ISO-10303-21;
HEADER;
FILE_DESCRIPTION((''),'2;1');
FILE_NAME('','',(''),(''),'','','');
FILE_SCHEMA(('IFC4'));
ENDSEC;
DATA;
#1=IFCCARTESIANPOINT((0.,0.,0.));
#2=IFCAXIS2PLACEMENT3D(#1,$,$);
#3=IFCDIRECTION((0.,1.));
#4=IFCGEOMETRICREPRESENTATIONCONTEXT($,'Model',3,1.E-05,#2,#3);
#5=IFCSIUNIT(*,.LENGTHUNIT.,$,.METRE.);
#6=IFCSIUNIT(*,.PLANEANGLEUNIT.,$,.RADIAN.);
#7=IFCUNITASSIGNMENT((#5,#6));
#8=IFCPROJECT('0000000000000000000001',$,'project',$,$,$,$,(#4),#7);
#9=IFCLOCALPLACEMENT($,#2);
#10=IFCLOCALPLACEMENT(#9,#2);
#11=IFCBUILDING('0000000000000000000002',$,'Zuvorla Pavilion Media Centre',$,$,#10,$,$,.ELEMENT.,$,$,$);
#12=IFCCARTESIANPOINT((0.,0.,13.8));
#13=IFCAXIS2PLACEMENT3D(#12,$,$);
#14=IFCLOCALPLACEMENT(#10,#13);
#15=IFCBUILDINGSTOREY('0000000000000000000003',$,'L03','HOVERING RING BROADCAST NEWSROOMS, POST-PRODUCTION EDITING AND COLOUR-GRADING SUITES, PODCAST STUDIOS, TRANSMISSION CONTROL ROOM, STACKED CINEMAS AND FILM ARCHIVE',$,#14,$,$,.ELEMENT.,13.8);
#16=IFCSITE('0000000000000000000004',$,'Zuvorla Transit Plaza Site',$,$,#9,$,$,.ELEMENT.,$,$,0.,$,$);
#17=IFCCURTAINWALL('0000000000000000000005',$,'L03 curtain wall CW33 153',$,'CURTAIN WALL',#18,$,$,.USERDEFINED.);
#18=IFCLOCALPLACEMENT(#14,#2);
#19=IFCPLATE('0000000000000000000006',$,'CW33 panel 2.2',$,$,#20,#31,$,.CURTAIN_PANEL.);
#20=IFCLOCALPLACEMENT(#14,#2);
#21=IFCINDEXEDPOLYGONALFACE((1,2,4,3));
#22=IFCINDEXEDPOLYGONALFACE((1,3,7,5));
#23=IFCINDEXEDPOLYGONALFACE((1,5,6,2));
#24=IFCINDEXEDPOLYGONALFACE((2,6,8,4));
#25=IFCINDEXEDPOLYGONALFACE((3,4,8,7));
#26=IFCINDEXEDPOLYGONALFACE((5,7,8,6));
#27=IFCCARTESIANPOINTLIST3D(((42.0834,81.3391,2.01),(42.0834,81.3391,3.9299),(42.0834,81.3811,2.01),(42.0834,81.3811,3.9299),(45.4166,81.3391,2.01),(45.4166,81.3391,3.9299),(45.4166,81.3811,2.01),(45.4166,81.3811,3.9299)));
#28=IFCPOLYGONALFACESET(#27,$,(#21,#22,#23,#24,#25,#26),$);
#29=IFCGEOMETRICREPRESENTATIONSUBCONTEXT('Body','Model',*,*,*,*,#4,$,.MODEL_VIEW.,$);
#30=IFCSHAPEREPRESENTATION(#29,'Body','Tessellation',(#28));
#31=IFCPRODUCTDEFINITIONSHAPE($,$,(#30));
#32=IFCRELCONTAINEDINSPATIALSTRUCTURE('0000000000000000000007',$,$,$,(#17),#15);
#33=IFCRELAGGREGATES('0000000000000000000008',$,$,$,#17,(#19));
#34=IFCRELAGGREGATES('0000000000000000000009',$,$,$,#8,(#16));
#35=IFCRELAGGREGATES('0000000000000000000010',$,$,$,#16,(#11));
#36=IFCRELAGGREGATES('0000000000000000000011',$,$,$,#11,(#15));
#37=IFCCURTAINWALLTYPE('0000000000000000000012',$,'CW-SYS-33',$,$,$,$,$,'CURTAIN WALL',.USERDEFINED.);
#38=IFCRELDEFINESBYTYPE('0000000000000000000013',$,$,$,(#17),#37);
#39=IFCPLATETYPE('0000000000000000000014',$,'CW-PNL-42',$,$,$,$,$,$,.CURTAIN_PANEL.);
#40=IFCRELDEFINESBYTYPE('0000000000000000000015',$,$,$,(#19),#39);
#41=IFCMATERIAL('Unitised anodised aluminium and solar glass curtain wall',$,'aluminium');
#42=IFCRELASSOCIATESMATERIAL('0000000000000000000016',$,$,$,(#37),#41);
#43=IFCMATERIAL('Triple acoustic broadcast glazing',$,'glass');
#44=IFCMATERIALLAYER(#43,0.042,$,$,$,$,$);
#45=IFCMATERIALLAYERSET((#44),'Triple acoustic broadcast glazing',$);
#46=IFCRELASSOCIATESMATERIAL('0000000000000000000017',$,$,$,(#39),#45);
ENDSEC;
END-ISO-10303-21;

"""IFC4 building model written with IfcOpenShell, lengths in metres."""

from ifc_helpers import new_model, si_unit, direction, frame, origin, origin_2d, place, context, subcontext, project, spatial, rectangle, extrude, material, layer, layer_set, type_object, element, aggregate, save


model = new_model("IFC4")

# Units and contexts
model_context = context("Model", 3, precision=1e-05, world=origin(), true_north=direction((0.0, 1.0)))
body_context = subcontext(model_context, "Body", "Model", "MODEL_VIEW")
ifc_project = project(units=[si_unit("LENGTHUNIT", "METRE"), si_unit("PLANEANGLEUNIT", "RADIAN")], contexts=[model_context])

# Site, building, storey
site_placement = place(None, origin())
site = spatial("IfcSite", under=ifc_project, at=site_placement, Name="Zuvorla Transit Plaza Site", CompositionType="ELEMENT", RefElevation=0.0)
building_placement = place(site_placement, origin())
building = spatial("IfcBuilding", under=site, at=building_placement, Name="Zuvorla Pavilion Media Centre", CompositionType="ELEMENT")
storey_placement = place(building_placement, frame((0.0, 0.0, 13.8)))
storey = spatial("IfcBuildingStorey", under=building, at=storey_placement, Name="L03", Description="HOVERING RING BROADCAST NEWSROOMS, POST-PRODUCTION EDITING AND COLOUR-GRADING SUITES, PODCAST STUDIOS, TRANSMISSION CONTROL ROOM, STACKED CINEMAS AND FILM ARCHIVE", CompositionType="ELEMENT", Elevation=13.8)

# Curtain wall
ifc_material_1 = material(Name="Unitised anodised aluminium and solar glass curtain wall", Category="aluminium")
curtain_wall_type_1 = type_object("IfcCurtainWallType", Name="CW-SYS-33", ElementType="CURTAIN WALL", PredefinedType="USERDEFINED", material=ifc_material_1)
curtain_wall_1_placement = place(storey_placement, origin())
curtain_wall_1 = element("IfcCurtainWall", 1, at=curtain_wall_1_placement, inside=storey, type_object=curtain_wall_type_1, Name="L03 curtain wall CW33 153", ObjectType="CURTAIN WALL", PredefinedType="USERDEFINED")

# Plate
ifc_material_2 = material(Name="Triple acoustic broadcast glazing", Category="glass")
ifc_layer_1 = layer(ifc_material_2, 0.042)
ifc_layer_set_1 = layer_set([ifc_layer_1], Name="Triple acoustic broadcast glazing")
plate_type_1 = type_object("IfcPlateType", Name="CW-PNL-42", PredefinedType="CURTAIN_PANEL", material=ifc_layer_set_1)
plate_1_placement = place(storey_placement, frame((43.75, 81.3601, 2.01), z_axis=(0.0, 0.0, 1.0), x_axis=(-1.0, 0.0, 0.0)))
plate_1 = element("IfcPlate", 2, at=plate_1_placement, type_object=plate_type_1, Name="CW33 panel 2.2", PredefinedType="CURTAIN_PANEL", context=body_context, shape_type="SweptSolid", body=[
    extrude(rectangle(XDim=3.3333, YDim=0.042, at=origin_2d()), origin(), (0.0, 0.0, 1.0), 1.9199),
])
aggregate(curtain_wall_1, [plate_1])

save(model, "model.ifc")
